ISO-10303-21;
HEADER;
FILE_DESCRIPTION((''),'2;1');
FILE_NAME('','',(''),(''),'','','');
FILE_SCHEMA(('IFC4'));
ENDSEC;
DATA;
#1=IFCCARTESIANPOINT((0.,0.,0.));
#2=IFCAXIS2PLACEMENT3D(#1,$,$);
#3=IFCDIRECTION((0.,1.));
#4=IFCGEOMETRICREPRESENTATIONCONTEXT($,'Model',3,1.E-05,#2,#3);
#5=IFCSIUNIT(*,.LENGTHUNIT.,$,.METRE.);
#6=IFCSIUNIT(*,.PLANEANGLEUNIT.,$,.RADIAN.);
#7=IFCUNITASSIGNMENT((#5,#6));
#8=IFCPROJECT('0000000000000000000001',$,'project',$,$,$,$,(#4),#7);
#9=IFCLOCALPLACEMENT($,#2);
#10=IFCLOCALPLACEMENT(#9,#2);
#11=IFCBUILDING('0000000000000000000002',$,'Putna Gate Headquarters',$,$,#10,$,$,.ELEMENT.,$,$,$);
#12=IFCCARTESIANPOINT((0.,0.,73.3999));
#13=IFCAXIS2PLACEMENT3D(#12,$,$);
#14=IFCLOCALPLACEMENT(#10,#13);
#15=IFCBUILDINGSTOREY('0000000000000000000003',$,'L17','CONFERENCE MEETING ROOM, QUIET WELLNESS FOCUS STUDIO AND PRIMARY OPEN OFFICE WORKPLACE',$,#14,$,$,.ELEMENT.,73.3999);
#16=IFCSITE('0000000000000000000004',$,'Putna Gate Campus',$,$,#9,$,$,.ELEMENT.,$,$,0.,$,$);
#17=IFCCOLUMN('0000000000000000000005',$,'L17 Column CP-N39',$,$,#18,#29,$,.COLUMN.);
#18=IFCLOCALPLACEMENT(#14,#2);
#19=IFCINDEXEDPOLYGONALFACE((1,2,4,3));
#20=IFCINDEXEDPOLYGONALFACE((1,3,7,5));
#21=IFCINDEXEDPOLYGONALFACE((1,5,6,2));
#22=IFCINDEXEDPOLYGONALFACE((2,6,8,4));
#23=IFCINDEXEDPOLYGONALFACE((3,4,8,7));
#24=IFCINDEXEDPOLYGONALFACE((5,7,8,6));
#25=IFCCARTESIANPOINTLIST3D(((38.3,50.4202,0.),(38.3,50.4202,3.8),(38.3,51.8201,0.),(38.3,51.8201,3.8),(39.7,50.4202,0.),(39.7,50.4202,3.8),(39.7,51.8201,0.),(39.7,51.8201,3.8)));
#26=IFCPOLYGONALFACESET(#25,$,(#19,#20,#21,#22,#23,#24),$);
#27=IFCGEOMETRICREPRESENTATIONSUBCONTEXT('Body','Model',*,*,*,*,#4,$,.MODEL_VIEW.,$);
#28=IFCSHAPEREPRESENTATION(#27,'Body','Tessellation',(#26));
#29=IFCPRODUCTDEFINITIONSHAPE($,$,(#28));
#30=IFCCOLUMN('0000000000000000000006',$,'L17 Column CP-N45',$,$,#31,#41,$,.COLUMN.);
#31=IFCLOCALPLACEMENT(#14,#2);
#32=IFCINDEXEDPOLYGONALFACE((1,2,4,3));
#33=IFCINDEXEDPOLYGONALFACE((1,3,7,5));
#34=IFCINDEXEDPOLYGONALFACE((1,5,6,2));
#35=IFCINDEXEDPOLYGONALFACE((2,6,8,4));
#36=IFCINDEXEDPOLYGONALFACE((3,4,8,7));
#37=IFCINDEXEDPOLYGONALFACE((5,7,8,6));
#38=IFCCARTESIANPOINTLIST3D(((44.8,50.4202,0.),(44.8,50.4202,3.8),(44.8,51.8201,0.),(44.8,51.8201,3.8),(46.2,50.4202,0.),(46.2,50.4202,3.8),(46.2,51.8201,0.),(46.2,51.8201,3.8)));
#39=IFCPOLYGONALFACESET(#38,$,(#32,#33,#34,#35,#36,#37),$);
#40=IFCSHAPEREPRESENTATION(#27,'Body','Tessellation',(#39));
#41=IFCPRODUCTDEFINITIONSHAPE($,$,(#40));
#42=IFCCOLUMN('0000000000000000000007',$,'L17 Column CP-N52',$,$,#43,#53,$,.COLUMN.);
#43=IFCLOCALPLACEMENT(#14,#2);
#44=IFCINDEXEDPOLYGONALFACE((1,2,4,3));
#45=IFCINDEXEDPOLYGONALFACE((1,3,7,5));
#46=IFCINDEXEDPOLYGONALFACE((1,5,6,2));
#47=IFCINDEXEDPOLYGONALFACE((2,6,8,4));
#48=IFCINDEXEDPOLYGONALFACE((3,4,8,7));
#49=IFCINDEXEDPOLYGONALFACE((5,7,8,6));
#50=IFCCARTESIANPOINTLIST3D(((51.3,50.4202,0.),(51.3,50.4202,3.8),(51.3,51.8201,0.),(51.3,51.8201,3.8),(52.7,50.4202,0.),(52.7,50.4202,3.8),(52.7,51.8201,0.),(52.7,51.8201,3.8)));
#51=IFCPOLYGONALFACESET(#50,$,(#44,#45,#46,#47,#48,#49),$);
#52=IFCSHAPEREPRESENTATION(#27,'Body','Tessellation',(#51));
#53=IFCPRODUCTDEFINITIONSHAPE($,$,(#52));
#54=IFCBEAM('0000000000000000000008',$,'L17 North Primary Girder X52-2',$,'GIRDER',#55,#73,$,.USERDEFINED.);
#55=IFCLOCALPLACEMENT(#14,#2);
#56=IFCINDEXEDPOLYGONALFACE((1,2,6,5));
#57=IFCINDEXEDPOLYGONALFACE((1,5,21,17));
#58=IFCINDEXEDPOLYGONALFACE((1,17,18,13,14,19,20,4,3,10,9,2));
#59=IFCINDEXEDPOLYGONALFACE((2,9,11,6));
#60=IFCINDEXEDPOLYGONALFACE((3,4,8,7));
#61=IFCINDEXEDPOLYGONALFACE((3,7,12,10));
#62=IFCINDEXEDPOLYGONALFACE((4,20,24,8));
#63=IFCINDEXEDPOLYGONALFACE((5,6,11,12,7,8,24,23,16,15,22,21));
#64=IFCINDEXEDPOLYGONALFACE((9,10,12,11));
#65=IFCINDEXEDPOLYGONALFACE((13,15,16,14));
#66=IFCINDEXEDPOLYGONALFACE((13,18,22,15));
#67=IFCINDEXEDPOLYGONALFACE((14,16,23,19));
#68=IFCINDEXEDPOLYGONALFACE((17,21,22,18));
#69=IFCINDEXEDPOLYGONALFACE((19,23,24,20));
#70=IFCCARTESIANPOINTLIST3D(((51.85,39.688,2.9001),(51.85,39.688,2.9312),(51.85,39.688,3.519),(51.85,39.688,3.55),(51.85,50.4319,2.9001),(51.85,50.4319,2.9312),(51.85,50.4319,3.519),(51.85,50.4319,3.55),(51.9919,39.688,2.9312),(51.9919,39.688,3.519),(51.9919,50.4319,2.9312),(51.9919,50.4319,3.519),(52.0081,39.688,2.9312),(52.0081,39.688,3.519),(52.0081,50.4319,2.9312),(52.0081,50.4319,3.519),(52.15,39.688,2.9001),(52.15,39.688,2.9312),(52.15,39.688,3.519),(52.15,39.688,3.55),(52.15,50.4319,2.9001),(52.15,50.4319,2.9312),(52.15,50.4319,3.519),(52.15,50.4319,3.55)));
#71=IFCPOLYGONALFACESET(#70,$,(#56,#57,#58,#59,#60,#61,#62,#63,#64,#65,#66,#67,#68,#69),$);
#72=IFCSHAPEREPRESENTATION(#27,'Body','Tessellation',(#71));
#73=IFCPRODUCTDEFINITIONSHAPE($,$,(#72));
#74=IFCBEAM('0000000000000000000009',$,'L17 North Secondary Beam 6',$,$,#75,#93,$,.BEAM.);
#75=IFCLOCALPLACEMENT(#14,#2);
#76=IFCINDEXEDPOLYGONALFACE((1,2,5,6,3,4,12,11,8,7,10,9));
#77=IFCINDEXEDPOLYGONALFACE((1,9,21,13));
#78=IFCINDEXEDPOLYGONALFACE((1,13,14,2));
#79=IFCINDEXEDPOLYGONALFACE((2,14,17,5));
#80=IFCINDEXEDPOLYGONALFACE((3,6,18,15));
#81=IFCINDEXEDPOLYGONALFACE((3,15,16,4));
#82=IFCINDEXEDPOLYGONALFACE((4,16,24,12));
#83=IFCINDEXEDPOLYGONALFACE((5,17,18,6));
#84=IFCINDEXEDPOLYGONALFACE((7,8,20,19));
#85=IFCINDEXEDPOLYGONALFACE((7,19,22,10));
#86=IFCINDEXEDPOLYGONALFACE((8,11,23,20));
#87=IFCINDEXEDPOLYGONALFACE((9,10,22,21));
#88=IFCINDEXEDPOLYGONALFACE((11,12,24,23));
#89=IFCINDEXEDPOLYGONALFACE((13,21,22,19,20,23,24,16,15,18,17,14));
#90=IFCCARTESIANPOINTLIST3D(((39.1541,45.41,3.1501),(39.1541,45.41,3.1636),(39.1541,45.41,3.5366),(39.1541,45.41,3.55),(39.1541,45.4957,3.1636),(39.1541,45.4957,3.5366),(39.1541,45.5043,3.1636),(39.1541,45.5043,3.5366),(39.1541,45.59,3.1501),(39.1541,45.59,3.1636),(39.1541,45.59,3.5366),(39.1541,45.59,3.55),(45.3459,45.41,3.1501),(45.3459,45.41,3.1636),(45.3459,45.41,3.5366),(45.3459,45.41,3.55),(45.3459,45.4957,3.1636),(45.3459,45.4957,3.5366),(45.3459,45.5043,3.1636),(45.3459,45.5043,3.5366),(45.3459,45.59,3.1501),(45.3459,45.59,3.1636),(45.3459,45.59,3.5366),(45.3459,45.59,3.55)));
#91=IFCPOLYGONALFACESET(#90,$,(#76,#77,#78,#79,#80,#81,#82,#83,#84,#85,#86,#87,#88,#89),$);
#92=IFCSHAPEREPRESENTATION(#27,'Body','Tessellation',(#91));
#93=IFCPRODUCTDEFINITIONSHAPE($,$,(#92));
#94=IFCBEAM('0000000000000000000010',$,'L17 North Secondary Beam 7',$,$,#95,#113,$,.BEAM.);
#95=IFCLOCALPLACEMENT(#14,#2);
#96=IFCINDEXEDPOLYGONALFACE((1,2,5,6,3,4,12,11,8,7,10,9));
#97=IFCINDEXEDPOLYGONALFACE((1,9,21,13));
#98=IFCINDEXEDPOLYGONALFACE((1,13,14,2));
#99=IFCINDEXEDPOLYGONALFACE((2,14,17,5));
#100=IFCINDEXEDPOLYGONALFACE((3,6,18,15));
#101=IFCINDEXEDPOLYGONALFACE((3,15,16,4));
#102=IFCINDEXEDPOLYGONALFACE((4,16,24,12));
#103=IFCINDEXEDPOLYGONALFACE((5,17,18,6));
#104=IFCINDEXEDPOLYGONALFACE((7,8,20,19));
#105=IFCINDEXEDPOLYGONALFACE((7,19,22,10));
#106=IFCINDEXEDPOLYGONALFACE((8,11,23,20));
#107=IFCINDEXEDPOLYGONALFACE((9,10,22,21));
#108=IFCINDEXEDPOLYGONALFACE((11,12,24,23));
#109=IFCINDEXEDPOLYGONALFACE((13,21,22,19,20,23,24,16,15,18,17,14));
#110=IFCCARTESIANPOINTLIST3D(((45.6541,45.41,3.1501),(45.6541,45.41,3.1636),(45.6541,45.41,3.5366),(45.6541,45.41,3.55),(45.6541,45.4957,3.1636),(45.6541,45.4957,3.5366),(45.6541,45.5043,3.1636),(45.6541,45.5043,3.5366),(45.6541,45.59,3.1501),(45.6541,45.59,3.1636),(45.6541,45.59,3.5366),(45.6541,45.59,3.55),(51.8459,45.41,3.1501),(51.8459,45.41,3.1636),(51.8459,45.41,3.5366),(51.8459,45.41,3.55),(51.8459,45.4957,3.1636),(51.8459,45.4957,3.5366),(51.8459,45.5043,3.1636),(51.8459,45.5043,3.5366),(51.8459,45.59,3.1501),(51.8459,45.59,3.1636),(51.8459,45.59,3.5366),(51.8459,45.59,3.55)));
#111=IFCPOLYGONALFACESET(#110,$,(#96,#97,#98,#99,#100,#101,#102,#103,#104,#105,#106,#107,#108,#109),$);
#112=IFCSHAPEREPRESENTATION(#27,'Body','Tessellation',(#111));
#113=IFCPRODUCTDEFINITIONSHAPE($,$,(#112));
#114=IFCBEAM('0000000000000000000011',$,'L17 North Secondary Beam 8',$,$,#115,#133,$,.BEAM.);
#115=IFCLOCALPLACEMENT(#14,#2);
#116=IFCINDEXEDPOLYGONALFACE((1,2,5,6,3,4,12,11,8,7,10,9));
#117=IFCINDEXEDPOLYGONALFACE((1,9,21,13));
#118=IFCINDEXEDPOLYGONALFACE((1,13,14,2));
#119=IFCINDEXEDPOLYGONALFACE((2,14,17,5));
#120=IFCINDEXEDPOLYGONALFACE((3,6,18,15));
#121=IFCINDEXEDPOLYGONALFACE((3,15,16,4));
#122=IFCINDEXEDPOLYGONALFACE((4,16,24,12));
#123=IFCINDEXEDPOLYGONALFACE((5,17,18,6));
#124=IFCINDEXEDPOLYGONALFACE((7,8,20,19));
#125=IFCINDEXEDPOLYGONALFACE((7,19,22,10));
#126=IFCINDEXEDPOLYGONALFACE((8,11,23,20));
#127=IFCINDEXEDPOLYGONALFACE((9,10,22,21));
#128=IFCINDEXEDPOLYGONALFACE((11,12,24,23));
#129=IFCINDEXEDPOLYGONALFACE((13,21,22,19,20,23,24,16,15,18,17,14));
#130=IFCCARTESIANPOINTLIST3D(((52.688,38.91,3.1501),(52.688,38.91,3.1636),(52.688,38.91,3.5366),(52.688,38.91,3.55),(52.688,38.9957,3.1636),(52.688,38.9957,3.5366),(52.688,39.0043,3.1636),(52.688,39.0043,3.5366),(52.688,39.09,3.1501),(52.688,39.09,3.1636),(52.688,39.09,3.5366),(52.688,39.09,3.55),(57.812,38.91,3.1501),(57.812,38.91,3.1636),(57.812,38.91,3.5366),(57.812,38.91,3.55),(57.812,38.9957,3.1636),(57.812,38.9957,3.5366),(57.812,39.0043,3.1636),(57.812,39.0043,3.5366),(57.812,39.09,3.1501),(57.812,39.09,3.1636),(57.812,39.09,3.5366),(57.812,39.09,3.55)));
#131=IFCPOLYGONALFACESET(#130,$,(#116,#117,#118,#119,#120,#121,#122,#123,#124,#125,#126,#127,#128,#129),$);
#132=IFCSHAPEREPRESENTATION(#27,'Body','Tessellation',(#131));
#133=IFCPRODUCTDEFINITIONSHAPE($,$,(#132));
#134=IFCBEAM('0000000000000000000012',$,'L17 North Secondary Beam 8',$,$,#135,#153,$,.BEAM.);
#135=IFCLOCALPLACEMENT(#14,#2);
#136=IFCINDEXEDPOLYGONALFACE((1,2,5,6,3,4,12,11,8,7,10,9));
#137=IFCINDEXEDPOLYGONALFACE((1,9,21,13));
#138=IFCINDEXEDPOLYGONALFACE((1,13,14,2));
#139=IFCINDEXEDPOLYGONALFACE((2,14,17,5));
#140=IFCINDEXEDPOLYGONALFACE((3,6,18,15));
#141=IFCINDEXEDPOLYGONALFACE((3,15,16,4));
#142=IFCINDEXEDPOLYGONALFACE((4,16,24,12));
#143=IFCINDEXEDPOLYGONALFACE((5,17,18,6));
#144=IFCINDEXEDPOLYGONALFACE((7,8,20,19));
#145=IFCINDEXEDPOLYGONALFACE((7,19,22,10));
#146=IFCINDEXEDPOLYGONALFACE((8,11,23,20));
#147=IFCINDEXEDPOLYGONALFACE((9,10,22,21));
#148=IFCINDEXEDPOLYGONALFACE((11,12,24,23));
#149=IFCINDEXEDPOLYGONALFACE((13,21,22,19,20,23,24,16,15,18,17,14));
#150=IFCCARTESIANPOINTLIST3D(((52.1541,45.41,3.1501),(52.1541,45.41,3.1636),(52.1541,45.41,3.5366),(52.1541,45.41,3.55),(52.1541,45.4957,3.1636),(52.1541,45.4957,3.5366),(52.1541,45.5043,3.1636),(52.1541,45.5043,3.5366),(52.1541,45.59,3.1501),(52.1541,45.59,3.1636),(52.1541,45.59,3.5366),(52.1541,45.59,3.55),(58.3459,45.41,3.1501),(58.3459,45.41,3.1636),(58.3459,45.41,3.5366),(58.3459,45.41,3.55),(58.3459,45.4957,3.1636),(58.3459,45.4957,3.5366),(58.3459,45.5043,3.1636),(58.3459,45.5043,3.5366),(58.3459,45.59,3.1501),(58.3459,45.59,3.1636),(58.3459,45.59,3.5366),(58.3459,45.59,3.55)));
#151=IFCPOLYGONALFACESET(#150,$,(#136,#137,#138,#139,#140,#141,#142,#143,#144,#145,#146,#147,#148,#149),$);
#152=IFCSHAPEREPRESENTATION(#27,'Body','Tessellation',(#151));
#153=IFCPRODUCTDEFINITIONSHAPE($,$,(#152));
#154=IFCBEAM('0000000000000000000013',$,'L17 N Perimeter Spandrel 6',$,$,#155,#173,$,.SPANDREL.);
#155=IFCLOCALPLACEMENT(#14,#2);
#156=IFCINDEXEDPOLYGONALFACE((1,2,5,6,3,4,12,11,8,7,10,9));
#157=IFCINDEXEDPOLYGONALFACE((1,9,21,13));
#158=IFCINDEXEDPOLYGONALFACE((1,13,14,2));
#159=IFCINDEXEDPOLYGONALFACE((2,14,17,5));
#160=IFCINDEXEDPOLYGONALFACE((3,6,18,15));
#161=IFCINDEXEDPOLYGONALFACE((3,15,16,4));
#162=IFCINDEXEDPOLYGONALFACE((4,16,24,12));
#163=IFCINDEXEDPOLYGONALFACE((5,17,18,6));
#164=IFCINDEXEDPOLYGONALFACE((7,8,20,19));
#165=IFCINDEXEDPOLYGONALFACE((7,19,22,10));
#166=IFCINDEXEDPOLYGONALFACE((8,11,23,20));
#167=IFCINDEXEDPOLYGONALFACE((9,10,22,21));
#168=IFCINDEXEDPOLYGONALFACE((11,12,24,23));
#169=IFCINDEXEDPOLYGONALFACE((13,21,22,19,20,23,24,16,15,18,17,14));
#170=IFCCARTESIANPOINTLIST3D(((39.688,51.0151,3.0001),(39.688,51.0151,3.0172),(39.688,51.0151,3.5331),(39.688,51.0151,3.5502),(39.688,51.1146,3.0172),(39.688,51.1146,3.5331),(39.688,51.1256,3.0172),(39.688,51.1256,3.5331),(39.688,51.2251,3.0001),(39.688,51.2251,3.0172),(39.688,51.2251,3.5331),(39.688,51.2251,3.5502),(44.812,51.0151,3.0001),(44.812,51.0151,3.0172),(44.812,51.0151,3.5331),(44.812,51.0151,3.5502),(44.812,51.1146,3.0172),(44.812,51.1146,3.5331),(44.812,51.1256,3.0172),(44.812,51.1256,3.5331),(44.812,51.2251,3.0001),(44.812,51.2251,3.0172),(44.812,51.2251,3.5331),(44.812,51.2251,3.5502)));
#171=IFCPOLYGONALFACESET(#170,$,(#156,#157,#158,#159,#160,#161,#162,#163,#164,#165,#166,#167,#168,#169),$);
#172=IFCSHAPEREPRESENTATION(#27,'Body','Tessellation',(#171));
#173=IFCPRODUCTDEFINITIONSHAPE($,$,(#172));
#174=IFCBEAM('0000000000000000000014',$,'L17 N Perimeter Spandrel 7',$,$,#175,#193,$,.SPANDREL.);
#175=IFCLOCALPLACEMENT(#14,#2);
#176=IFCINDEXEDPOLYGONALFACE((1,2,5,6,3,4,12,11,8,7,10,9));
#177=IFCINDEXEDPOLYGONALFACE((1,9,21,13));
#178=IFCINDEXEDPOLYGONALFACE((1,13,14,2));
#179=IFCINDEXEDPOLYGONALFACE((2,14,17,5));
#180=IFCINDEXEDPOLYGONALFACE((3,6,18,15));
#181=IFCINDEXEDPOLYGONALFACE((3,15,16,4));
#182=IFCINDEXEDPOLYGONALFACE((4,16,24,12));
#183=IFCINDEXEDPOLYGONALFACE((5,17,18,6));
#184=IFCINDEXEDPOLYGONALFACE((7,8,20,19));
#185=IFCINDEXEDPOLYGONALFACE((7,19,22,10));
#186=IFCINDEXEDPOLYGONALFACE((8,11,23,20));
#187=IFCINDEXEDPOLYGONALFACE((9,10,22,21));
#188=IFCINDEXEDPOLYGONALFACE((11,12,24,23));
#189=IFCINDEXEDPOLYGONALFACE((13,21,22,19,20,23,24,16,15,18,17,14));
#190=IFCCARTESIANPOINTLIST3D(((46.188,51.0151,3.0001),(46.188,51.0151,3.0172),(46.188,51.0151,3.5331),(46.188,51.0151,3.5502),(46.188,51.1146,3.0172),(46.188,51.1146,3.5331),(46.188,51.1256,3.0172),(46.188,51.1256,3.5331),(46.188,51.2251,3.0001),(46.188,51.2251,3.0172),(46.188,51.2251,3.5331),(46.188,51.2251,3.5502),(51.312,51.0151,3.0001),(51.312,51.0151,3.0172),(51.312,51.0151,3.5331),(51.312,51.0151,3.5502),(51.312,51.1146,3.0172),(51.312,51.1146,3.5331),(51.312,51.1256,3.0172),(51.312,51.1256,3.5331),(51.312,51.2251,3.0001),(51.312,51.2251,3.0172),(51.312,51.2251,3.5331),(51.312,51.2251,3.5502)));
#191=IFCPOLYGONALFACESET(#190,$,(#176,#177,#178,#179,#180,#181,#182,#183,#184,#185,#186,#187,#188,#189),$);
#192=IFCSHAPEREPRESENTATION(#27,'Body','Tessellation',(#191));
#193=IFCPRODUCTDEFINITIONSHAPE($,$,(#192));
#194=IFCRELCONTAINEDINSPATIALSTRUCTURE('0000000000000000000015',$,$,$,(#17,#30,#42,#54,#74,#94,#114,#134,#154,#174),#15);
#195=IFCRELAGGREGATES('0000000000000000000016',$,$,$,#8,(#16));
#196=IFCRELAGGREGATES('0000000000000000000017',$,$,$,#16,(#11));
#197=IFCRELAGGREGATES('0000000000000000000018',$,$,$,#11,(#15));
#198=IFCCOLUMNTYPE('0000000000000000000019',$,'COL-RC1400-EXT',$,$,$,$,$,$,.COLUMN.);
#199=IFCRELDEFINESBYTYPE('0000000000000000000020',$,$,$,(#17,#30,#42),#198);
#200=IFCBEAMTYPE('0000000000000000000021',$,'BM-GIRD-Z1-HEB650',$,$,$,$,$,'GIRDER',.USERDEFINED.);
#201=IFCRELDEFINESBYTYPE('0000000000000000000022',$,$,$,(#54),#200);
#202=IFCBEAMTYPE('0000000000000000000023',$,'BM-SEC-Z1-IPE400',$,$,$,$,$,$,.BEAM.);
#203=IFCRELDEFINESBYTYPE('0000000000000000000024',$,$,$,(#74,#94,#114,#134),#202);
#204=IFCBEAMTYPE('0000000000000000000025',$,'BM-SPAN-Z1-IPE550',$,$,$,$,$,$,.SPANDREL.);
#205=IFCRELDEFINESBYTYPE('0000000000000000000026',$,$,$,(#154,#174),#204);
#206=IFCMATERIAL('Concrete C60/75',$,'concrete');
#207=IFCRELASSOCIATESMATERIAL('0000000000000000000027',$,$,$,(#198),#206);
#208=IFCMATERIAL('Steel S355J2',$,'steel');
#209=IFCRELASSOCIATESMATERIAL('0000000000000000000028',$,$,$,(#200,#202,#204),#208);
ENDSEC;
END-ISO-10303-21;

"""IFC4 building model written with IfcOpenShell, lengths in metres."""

from ifc_helpers import new_model, si_unit, direction, frame, origin, origin_2d, place, context, subcontext, project, spatial, rectangle, i_section, extrude, material, material_profile, profile_set, type_object, element, save


model = new_model("IFC4")

# Units and contexts
model_context = context("Model", 3, precision=1e-05, world=origin(), true_north=direction((0.0, 1.0)))
body_context = subcontext(model_context, "Body", "Model", "MODEL_VIEW")
ifc_project = project(units=[si_unit("LENGTHUNIT", "METRE"), si_unit("PLANEANGLEUNIT", "RADIAN")], contexts=[model_context])

# Site, building, storey
site_placement = place(None, origin())
site = spatial("IfcSite", under=ifc_project, at=site_placement, Name="Putna Gate Campus", CompositionType="ELEMENT", RefElevation=0.0)
building_placement = place(site_placement, origin())
building = spatial("IfcBuilding", under=site, at=building_placement, Name="Putna Gate Headquarters", CompositionType="ELEMENT")
storey_placement = place(building_placement, frame((0.0, 0.0, 73.3999)))
storey = spatial("IfcBuildingStorey", under=building, at=storey_placement, Name="L17", Description="CONFERENCE MEETING ROOM, QUIET WELLNESS FOCUS STUDIO AND PRIMARY OPEN OFFICE WORKPLACE", CompositionType="ELEMENT", Elevation=73.3999)

# Columns
ifc_material_1 = material(Name="Concrete C60/75", Category="concrete")
ifc_material_profile_1 = material_profile(ifc_material_1, rectangle(XDim=1.3999, YDim=1.3999, at=origin_2d()), Name="Concrete C60/75")
ifc_profile_set_1 = profile_set([ifc_material_profile_1], Name="Concrete C60/75")
column_type = type_object("IfcColumnType", Name="COL-RC1400-EXT", PredefinedType="COLUMN", material=ifc_profile_set_1)
for number, where, z_axis, x_axis, name in (
    (1, (39.0, 51.1201, 0.0), (0.0, 0.0, 1.0), (1.0, 0.0, 0.0), "L17 Column CP-N39"),
    (2, (45.5, 51.1201, 0.0), (0.0, 0.0, 1.0), (1.0, 0.0, 0.0), "L17 Column CP-N45"),
    (3, (52.0, 51.1201, 0.0), (0.0, 0.0, 1.0), (1.0, 0.0, 0.0), "L17 Column CP-N52"),
):
    element("IfcColumn", number, at=place(storey_placement, frame(where, z_axis=z_axis, x_axis=x_axis)), inside=storey, type_object=column_type, Name=name, PredefinedType="COLUMN", context=body_context, shape_type="SweptSolid", body=[
        extrude(rectangle(XDim=1.3999, YDim=1.3999, at=origin_2d()), origin(), (0.0, 0.0, 1.0), 3.8),
    ])

# Beams
ifc_material_2 = material(Name="Steel S355J2", Category="steel")
ifc_material_profile_2 = material_profile(ifc_material_2, i_section(OverallWidth=0.3, OverallDepth=0.6499, WebThickness=0.0161, FlangeThickness=0.031, at=origin_2d()), Name="Steel S355J2")
ifc_profile_set_2 = profile_set([ifc_material_profile_2], Name="Steel S355J2")
beam_type_1 = type_object("IfcBeamType", Name="BM-GIRD-Z1-HEB650", ElementType="GIRDER", PredefinedType="USERDEFINED", material=ifc_profile_set_2)
beam_1_placement = place(storey_placement, frame((52.0, 39.688, 3.2251), z_axis=(0.0, 1.0, 0.0), x_axis=(-1.0, 0.0, 0.0)))
element("IfcBeam", 4, at=beam_1_placement, inside=storey, type_object=beam_type_1, Name="L17 North Primary Girder X52-2", ObjectType="GIRDER", PredefinedType="USERDEFINED", context=body_context, shape_type="SweptSolid", body=[
    extrude(i_section(OverallWidth=0.3, OverallDepth=0.6499, WebThickness=0.0161, FlangeThickness=0.031, at=origin_2d()), origin(), (0.0, 0.0, 1.0), 10.7439),
])
ifc_material_profile_3 = material_profile(ifc_material_2, i_section(OverallWidth=0.1799, OverallDepth=0.3999, WebThickness=0.0085, FlangeThickness=0.0134, at=origin_2d()), Name="Steel S355J2")
ifc_profile_set_3 = profile_set([ifc_material_profile_3], Name="Steel S355J2")
beam_type_2 = type_object("IfcBeamType", Name="BM-SEC-Z1-IPE400", PredefinedType="BEAM", material=ifc_profile_set_3)
for number, where, z_axis, x_axis, name in (
    (5, (39.1541, 45.5, 3.3501), (1.0, 0.0, 0.0), (0.0, 1.0, 0.0), "L17 North Secondary Beam 6"),
    (6, (45.6541, 45.5, 3.3501), (1.0, 0.0, 0.0), (0.0, 1.0, 0.0), "L17 North Secondary Beam 7"),
):
    element("IfcBeam", number, at=place(storey_placement, frame(where, z_axis=z_axis, x_axis=x_axis)), inside=storey, type_object=beam_type_2, Name=name, PredefinedType="BEAM", context=body_context, shape_type="SweptSolid", body=[
        extrude(i_section(OverallWidth=0.1799, OverallDepth=0.3999, WebThickness=0.0085, FlangeThickness=0.0134, at=origin_2d()), origin(), (0.0, 0.0, 1.0), 6.1919),
    ])
beam_2_placement = place(storey_placement, frame((52.688, 39.0, 3.3501), z_axis=(1.0, 0.0, 0.0), x_axis=(0.0, 1.0, 0.0)))
element("IfcBeam", 7, at=beam_2_placement, inside=storey, type_object=beam_type_2, Name="L17 North Secondary Beam 8", PredefinedType="BEAM", context=body_context, shape_type="SweptSolid", body=[
    extrude(i_section(OverallWidth=0.1799, OverallDepth=0.3999, WebThickness=0.0085, FlangeThickness=0.0134, at=origin_2d()), origin(), (0.0, 0.0, 1.0), 5.124),
])
beam_3_placement = place(storey_placement, frame((52.1541, 45.5, 3.3501), z_axis=(1.0, 0.0, 0.0), x_axis=(0.0, 1.0, 0.0)))
element("IfcBeam", 8, at=beam_3_placement, inside=storey, type_object=beam_type_2, Name="L17 North Secondary Beam 8", PredefinedType="BEAM", context=body_context, shape_type="SweptSolid", body=[
    extrude(i_section(OverallWidth=0.1799, OverallDepth=0.3999, WebThickness=0.0085, FlangeThickness=0.0134, at=origin_2d()), origin(), (0.0, 0.0, 1.0), 6.1919),
])
ifc_material_profile_4 = material_profile(ifc_material_2, i_section(OverallWidth=0.21, OverallDepth=0.55, WebThickness=0.011, FlangeThickness=0.0171, at=origin_2d()), Name="Steel S355J2")
ifc_profile_set_4 = profile_set([ifc_material_profile_4], Name="Steel S355J2")
beam_type_3 = type_object("IfcBeamType", Name="BM-SPAN-Z1-IPE550", PredefinedType="SPANDREL", material=ifc_profile_set_4)
for number, where, z_axis, x_axis, name in (
    (9, (39.688, 51.1201, 3.2751), (1.0, 0.0, 0.0), (0.0, 1.0, 0.0), "L17 N Perimeter Spandrel 6"),
    (10, (46.188, 51.1201, 3.2751), (1.0, 0.0, 0.0), (0.0, 1.0, 0.0), "L17 N Perimeter Spandrel 7"),
):
    element("IfcBeam", number, at=place(storey_placement, frame(where, z_axis=z_axis, x_axis=x_axis)), inside=storey, type_object=beam_type_3, Name=name, PredefinedType="SPANDREL", context=body_context, shape_type="SweptSolid", body=[
        extrude(i_section(OverallWidth=0.21, OverallDepth=0.55, WebThickness=0.011, FlangeThickness=0.0171, at=origin_2d()), origin(), (0.0, 0.0, 1.0), 5.124),
    ])

save(model, "model.ifc")
